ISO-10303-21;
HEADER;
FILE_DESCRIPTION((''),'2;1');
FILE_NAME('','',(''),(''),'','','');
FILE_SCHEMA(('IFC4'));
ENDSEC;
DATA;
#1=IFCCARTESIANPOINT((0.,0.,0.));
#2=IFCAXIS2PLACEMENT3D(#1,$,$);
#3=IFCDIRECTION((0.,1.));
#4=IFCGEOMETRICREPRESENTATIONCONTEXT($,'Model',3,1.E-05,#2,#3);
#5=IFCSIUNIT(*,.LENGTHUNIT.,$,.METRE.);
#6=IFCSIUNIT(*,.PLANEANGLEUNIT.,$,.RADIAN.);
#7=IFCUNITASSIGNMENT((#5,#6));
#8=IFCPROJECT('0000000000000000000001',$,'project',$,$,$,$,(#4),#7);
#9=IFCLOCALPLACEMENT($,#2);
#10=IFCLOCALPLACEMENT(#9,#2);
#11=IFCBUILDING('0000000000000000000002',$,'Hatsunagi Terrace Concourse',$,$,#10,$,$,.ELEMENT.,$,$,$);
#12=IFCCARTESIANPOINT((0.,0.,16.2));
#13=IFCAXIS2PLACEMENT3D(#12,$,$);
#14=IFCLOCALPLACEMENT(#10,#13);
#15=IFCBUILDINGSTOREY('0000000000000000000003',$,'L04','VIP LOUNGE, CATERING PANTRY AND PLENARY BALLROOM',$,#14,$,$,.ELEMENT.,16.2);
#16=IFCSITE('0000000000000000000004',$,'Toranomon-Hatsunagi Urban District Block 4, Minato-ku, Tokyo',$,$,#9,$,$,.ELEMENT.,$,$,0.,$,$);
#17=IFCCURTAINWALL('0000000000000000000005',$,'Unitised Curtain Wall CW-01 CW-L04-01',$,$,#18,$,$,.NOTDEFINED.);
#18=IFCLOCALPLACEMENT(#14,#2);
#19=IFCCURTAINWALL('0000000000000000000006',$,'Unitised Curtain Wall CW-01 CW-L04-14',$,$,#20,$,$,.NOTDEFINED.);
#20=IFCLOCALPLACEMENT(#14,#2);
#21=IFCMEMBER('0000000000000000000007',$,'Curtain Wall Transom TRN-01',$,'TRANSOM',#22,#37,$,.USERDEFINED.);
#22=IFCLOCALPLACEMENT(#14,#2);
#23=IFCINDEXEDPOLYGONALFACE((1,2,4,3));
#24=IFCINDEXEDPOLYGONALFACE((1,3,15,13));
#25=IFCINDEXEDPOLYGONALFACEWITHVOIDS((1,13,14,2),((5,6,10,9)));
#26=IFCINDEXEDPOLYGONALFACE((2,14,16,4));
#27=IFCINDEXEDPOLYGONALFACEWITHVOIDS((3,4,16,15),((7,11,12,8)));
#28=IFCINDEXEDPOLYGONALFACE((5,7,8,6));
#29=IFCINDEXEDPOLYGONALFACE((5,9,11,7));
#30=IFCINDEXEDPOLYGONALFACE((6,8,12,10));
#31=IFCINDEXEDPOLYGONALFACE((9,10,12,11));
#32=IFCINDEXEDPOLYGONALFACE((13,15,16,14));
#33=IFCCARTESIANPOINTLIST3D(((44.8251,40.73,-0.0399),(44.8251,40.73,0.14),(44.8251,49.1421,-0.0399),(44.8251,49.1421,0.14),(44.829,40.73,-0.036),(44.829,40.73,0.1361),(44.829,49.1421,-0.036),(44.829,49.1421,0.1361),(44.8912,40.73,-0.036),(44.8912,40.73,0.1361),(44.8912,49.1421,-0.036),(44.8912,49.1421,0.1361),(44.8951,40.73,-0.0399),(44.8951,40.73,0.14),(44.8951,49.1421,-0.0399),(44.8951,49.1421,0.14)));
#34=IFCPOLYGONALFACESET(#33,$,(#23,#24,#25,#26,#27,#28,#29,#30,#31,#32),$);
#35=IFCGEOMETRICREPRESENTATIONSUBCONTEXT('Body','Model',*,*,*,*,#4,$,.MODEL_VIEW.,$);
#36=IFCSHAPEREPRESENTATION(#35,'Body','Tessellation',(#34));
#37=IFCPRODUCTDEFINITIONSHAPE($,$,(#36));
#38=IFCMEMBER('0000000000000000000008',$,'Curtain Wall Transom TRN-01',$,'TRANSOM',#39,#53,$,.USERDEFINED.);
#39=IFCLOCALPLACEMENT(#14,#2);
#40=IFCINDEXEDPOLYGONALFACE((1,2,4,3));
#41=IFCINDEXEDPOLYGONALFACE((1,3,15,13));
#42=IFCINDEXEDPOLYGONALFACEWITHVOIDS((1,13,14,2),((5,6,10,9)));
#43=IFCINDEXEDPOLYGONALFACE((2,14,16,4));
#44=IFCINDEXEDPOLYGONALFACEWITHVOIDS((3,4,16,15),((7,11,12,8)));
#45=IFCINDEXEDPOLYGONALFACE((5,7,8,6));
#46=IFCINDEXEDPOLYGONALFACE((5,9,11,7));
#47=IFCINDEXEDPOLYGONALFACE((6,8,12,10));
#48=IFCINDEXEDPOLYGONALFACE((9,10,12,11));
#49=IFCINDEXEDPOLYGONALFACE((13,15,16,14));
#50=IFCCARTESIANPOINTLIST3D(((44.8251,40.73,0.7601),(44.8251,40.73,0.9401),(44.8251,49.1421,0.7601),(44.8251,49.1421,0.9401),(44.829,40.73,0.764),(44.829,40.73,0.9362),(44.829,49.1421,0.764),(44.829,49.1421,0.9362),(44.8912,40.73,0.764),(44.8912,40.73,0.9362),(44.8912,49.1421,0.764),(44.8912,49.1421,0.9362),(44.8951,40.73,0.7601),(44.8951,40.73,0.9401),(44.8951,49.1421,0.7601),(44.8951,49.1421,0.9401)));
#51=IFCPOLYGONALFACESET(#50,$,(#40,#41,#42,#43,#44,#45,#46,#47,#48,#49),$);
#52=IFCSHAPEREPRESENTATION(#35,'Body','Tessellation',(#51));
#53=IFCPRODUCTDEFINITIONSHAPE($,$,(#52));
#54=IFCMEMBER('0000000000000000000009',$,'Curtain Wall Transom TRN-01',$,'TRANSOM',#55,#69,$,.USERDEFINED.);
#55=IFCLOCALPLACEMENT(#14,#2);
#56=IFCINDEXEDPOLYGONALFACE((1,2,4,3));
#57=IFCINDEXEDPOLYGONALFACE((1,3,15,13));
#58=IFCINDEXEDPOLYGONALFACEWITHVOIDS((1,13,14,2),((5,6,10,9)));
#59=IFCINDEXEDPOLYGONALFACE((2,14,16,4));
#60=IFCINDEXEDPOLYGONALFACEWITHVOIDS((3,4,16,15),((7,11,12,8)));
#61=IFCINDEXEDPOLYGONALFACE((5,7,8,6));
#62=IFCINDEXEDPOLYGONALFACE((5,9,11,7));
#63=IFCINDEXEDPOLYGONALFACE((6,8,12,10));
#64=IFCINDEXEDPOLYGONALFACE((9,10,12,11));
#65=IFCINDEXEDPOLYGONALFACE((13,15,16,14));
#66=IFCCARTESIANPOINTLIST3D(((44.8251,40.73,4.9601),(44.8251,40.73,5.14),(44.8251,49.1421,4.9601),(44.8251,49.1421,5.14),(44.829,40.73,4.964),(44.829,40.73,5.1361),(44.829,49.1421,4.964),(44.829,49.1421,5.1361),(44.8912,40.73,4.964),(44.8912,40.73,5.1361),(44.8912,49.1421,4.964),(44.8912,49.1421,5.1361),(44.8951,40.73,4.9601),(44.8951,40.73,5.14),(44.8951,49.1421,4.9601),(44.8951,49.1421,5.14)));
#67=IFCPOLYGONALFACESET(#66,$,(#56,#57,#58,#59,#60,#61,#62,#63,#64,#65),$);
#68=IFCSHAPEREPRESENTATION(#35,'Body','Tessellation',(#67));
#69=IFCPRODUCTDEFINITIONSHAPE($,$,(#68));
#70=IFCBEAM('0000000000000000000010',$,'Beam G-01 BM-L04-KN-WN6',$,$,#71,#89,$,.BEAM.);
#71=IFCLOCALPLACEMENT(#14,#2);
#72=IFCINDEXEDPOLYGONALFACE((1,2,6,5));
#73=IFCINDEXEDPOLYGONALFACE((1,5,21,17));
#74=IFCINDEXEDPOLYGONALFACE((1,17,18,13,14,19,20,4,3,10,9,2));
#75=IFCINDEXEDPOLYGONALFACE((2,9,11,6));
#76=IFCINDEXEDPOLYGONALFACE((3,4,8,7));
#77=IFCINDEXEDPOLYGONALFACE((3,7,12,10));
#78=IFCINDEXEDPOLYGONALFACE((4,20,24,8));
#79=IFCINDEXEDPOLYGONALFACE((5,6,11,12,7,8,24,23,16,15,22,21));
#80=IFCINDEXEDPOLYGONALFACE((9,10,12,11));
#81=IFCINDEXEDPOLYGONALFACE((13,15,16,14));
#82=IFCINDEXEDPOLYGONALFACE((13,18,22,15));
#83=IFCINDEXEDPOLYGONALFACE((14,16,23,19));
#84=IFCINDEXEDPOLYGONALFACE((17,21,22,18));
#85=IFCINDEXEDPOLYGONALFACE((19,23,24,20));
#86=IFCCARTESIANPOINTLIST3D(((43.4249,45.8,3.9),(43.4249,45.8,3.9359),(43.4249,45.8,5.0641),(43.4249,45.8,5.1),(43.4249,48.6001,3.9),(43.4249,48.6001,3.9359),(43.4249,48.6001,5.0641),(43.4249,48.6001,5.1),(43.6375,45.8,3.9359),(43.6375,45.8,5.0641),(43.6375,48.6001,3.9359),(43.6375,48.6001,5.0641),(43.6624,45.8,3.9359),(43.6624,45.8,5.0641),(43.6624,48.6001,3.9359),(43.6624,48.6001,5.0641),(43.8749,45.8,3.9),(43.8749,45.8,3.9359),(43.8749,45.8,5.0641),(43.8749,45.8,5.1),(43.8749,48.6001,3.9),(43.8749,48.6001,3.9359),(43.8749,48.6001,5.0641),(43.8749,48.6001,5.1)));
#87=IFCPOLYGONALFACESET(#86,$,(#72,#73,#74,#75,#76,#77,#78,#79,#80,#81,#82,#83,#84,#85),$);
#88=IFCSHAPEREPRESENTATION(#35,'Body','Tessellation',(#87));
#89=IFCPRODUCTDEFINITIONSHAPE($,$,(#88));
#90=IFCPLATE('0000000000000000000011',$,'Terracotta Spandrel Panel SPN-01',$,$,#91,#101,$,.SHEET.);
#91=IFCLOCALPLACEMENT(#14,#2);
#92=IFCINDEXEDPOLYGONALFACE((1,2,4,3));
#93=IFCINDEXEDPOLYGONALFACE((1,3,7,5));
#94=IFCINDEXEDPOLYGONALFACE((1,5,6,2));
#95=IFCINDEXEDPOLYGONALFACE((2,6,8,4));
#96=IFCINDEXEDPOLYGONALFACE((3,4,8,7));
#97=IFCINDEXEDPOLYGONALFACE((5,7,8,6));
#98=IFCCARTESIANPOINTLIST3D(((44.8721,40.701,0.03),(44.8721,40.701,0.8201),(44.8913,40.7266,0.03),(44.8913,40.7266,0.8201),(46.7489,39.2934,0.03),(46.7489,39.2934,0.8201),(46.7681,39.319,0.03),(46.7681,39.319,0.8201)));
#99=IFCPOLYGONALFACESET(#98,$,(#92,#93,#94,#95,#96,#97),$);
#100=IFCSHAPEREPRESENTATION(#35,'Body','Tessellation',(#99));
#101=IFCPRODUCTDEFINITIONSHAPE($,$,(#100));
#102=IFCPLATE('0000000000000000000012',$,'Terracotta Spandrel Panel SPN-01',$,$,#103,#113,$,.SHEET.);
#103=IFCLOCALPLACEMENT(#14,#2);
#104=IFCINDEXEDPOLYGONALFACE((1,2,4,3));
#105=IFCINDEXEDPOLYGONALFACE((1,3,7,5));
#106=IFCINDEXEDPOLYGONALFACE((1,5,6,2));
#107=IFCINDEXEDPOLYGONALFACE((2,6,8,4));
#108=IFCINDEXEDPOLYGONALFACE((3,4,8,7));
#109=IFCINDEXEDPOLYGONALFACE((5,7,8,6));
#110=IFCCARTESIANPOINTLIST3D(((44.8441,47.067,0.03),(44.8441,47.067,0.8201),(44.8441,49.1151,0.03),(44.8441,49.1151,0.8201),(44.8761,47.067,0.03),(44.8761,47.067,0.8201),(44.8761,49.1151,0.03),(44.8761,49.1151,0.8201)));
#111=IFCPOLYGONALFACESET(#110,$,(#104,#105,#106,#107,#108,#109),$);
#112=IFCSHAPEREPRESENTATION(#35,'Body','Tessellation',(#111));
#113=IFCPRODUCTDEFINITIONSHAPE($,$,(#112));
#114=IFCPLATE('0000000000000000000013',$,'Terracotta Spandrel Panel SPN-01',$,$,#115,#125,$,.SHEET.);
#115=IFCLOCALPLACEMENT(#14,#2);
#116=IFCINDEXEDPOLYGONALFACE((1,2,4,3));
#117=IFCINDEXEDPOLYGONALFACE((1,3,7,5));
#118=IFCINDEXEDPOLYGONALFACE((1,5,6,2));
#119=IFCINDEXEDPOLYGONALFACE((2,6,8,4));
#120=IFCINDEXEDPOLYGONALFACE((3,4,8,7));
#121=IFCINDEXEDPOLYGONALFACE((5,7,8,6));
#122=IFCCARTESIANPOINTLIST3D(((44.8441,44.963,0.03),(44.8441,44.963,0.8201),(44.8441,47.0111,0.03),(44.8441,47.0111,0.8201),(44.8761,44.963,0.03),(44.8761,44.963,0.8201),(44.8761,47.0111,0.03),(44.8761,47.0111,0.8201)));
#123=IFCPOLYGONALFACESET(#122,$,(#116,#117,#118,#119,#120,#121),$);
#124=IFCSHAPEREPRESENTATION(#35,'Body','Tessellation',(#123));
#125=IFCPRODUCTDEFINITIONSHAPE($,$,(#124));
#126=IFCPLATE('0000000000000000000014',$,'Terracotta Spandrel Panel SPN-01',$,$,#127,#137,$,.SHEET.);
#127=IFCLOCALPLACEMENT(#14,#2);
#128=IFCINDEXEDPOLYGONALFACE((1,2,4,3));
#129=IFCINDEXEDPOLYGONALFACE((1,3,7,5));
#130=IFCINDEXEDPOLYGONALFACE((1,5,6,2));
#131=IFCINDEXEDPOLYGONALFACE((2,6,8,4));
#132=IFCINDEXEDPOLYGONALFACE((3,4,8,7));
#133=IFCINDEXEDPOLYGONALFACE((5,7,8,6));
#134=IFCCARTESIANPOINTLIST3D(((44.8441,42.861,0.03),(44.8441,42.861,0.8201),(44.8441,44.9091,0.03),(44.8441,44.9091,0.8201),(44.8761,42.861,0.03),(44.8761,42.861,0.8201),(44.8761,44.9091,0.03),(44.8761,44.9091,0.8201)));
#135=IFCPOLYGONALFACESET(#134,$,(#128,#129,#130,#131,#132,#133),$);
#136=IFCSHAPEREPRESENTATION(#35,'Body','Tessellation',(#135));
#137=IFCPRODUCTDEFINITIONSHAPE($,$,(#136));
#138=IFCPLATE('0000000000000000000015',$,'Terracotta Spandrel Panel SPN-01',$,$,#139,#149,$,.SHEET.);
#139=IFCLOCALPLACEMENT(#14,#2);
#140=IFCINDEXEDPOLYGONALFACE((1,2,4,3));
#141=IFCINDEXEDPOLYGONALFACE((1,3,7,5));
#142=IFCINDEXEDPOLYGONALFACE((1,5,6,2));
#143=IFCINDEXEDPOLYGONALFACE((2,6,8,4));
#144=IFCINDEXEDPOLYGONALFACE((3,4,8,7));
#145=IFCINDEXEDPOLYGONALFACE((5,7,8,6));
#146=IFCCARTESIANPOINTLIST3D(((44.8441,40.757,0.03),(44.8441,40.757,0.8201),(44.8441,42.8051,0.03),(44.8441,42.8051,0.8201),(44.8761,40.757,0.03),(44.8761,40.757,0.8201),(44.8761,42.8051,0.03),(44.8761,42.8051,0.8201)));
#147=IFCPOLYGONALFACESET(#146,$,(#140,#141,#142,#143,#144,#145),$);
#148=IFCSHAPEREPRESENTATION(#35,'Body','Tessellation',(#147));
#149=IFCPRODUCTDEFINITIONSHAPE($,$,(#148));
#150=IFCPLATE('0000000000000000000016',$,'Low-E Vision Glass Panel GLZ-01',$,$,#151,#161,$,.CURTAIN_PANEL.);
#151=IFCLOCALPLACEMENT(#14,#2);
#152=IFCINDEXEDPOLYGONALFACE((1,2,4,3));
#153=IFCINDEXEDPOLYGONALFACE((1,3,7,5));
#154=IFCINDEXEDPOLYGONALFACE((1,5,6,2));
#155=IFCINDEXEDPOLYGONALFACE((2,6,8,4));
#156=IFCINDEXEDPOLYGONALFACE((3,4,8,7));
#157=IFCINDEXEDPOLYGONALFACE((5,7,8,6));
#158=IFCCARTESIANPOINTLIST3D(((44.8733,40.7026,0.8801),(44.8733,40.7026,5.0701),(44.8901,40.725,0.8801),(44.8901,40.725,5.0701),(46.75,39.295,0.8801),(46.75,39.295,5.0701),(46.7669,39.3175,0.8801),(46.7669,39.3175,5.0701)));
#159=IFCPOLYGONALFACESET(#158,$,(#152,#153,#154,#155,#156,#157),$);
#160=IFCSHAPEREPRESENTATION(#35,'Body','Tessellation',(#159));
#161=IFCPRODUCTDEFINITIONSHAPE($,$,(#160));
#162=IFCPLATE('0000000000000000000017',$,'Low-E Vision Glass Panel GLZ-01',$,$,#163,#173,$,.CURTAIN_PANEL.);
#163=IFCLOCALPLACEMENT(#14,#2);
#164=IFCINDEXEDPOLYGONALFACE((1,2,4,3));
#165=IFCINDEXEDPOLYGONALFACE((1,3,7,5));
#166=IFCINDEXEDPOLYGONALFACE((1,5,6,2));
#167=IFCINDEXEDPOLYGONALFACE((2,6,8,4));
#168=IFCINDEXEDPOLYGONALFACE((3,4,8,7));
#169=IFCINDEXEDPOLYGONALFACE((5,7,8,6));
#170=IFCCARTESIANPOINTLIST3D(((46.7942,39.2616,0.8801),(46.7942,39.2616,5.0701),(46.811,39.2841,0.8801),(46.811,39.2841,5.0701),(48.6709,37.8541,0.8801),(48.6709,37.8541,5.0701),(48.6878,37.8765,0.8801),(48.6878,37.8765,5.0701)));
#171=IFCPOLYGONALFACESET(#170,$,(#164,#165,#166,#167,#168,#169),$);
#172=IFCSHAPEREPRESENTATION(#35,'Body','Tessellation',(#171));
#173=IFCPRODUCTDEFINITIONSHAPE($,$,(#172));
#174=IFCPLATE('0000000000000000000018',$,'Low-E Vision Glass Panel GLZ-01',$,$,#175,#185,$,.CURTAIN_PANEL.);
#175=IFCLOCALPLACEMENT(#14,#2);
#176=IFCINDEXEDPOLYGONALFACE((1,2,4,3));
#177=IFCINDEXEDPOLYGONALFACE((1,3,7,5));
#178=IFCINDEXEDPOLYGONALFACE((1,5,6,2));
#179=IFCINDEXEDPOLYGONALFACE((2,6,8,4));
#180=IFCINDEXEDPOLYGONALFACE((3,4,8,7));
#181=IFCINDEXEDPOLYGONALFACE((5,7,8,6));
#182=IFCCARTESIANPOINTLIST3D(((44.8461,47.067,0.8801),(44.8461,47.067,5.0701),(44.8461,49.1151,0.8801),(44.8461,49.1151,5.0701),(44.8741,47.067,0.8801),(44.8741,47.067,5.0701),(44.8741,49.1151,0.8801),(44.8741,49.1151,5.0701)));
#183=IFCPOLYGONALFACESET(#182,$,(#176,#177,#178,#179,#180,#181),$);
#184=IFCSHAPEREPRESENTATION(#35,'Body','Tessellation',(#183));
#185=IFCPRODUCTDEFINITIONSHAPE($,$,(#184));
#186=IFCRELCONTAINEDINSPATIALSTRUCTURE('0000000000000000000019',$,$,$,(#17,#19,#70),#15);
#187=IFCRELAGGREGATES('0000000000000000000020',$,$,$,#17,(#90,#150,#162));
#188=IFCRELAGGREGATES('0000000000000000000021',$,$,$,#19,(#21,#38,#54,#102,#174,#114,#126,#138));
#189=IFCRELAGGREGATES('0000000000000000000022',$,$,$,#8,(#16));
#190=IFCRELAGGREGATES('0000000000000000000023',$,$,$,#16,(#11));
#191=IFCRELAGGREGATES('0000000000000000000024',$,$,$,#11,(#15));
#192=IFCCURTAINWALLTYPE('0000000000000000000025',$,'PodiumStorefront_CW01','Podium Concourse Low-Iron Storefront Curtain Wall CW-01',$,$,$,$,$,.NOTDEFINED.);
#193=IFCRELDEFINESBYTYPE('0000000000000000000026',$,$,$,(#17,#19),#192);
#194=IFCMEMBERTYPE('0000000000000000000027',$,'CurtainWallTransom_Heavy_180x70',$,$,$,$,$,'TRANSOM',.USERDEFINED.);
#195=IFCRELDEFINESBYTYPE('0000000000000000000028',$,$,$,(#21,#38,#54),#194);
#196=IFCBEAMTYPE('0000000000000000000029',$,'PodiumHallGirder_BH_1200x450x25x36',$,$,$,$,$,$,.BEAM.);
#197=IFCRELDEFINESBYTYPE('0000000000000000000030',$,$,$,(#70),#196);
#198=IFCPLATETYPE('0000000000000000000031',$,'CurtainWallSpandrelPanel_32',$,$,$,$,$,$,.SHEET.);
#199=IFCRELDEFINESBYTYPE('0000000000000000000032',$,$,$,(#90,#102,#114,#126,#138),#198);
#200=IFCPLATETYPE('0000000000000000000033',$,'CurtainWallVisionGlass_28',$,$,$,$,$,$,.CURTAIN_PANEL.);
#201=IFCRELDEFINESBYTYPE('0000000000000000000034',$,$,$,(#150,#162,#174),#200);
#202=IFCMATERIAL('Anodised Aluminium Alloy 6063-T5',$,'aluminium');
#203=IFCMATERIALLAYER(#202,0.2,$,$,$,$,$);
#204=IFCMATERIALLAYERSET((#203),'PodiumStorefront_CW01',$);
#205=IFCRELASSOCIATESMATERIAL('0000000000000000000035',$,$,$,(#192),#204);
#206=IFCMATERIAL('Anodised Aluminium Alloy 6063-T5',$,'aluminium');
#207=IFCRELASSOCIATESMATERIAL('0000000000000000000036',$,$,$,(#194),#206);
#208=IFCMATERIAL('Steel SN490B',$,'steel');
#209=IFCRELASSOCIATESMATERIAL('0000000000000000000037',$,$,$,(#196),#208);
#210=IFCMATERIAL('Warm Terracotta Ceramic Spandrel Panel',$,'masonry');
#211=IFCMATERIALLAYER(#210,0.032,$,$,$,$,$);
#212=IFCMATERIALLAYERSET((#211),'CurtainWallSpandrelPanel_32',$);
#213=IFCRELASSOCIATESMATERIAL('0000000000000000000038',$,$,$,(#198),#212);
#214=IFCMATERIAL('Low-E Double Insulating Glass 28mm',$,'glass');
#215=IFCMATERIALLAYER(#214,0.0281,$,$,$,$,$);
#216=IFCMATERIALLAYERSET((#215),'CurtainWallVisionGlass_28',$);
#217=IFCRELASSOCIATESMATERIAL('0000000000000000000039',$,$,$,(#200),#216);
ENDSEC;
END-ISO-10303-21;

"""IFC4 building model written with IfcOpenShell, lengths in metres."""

from ifc_helpers import new_model, si_unit, direction, frame, origin, origin_2d, place, context, subcontext, project, spatial, rectangle, hollow_rectangle, i_section, extrude, material, layer, layer_set, material_profile, profile_set, type_object, element, aggregate, save


model = new_model("IFC4")

# Units and contexts
model_context = context("Model", 3, precision=1e-05, world=origin(), true_north=direction((0.0, 1.0)))
body_context = subcontext(model_context, "Body", "Model", "MODEL_VIEW")
ifc_project = project(units=[si_unit("LENGTHUNIT", "METRE"), si_unit("PLANEANGLEUNIT", "RADIAN")], contexts=[model_context])

# Site, building, storey
site_placement = place(None, origin())
site = spatial("IfcSite", under=ifc_project, at=site_placement, Name="Toranomon-Hatsunagi Urban District Block 4, Minato-ku, Tokyo", CompositionType="ELEMENT", RefElevation=0.0)
building_placement = place(site_placement, origin())
building = spatial("IfcBuilding", under=site, at=building_placement, Name="Hatsunagi Terrace Concourse", CompositionType="ELEMENT")
storey_placement = place(building_placement, frame((0.0, 0.0, 16.2)))
storey = spatial("IfcBuildingStorey", under=building, at=storey_placement, Name="L04", Description="VIP LOUNGE, CATERING PANTRY AND PLENARY BALLROOM", CompositionType="ELEMENT", Elevation=16.2)

# Curtain walls
ifc_material_1 = material(Name="Anodised Aluminium Alloy 6063-T5", Category="aluminium")
ifc_layer_1 = layer(ifc_material_1, 0.2)
ifc_layer_set_1 = layer_set([ifc_layer_1], Name="PodiumStorefront_CW01")
curtain_wall_type = type_object("IfcCurtainWallType", Name="PodiumStorefront_CW01", Description="Podium Concourse Low-Iron Storefront Curtain Wall CW-01", PredefinedType="NOTDEFINED", material=ifc_layer_set_1)
curtain_wall_1_placement = place(storey_placement, origin())
curtain_wall_1 = element("IfcCurtainWall", 1, at=curtain_wall_1_placement, inside=storey, type_object=curtain_wall_type, Name="Unitised Curtain Wall CW-01 CW-L04-01", PredefinedType="NOTDEFINED")
curtain_wall_2_placement = place(storey_placement, origin())
curtain_wall_2 = element("IfcCurtainWall", 2, at=curtain_wall_2_placement, inside=storey, type_object=curtain_wall_type, Name="Unitised Curtain Wall CW-01 CW-L04-14", PredefinedType="NOTDEFINED")

# Members
ifc_material_2 = material(Name="Anodised Aluminium Alloy 6063-T5", Category="aluminium")
ifc_material_profile_1 = material_profile(ifc_material_2, hollow_rectangle(XDim=0.0701, YDim=0.1799, WallThickness=0.0039, at=origin_2d()), Name="ALU-TRN-180x70x4")
ifc_profile_set_1 = profile_set([ifc_material_profile_1], Name="Anodised Aluminium Alloy 6063-T5")
member_type_1 = type_object("IfcMemberType", Name="CurtainWallTransom_Heavy_180x70", ElementType="TRANSOM", PredefinedType="USERDEFINED", material=ifc_profile_set_1)
member_1_placement = place(storey_placement, frame((44.8601, 49.1421, 0.05), z_axis=(0.0, -1.0, 0.0), x_axis=(1.0, 0.0, 0.0)))
member_1 = element("IfcMember", 3, at=member_1_placement, type_object=member_type_1, Name="Curtain Wall Transom TRN-01", ObjectType="TRANSOM", PredefinedType="USERDEFINED", context=body_context, shape_type="SweptSolid", body=[
    extrude(hollow_rectangle(XDim=0.0701, YDim=0.1799, WallThickness=0.0039, at=origin_2d()), origin(), (0.0, 0.0, 1.0), 8.4121),
])
member_2_placement = place(storey_placement, frame((44.8601, 49.1421, 0.8501), z_axis=(0.0, -1.0, 0.0), x_axis=(1.0, 0.0, 0.0)))
member_2 = element("IfcMember", 4, at=member_2_placement, type_object=member_type_1, Name="Curtain Wall Transom TRN-01", ObjectType="TRANSOM", PredefinedType="USERDEFINED", context=body_context, shape_type="SweptSolid", body=[
    extrude(hollow_rectangle(XDim=0.0701, YDim=0.1799, WallThickness=0.0039, at=origin_2d()), origin(), (0.0, 0.0, 1.0), 8.4121),
])
member_3_placement = place(storey_placement, frame((44.8601, 49.1421, 5.05), z_axis=(0.0, -1.0, 0.0), x_axis=(1.0, 0.0, 0.0)))
member_3 = element("IfcMember", 5, at=member_3_placement, type_object=member_type_1, Name="Curtain Wall Transom TRN-01", ObjectType="TRANSOM", PredefinedType="USERDEFINED", context=body_context, shape_type="SweptSolid", body=[
    extrude(hollow_rectangle(XDim=0.0701, YDim=0.1799, WallThickness=0.0039, at=origin_2d()), origin(), (0.0, 0.0, 1.0), 8.4121),
])

# Beam
ifc_material_3 = material(Name="Steel SN490B", Category="steel")
ifc_material_profile_2 = material_profile(ifc_material_3, i_section(OverallWidth=0.45, OverallDepth=1.2, WebThickness=0.0249, FlangeThickness=0.0359, at=origin_2d()), Name="BH-1200x450x25x36")
ifc_profile_set_2 = profile_set([ifc_material_profile_2], Name="Steel SN490B")
beam_type = type_object("IfcBeamType", Name="PodiumHallGirder_BH_1200x450x25x36", PredefinedType="BEAM", material=ifc_profile_set_2)
beam_placement = place(storey_placement, frame((43.6499, 45.8, 4.5), z_axis=(0.0, 1.0, 0.0), x_axis=(-1.0, 0.0, 0.0)))
element("IfcBeam", 6, at=beam_placement, inside=storey, type_object=beam_type, Name="Beam G-01 BM-L04-KN-WN6", PredefinedType="BEAM", context=body_context, shape_type="SweptSolid", body=[
    extrude(i_section(OverallWidth=0.45, OverallDepth=1.2, WebThickness=0.0249, FlangeThickness=0.0359, at=origin_2d()), origin(), (0.0, 0.0, 1.0), 2.8),
])

# Plates
ifc_material_4 = material(Name="Warm Terracotta Ceramic Spandrel Panel", Category="masonry")
ifc_layer_2 = layer(ifc_material_4, 0.032)
ifc_layer_set_2 = layer_set([ifc_layer_2], Name="CurtainWallSpandrelPanel_32")
plate_type_1 = type_object("IfcPlateType", Name="CurtainWallSpandrelPanel_32", PredefinedType="SHEET", material=ifc_layer_set_2)
plate_1_placement = place(storey_placement, frame((45.8201, 40.01, 0.03), z_axis=(0.0, 0.0, 1.0), x_axis=(0.800007, -0.59999, 0.0)))
plate_1 = element("IfcPlate", 7, at=plate_1_placement, type_object=plate_type_1, Name="Terracotta Spandrel Panel SPN-01", PredefinedType="SHEET", context=body_context, shape_type="SweptSolid", body=[
    extrude(rectangle(XDim=2.3459, YDim=0.032, at=origin_2d()), origin(), (0.0, 0.0, 1.0), 0.79),
])
plate_2_placement = place(storey_placement, frame((44.8601, 48.0911, 0.03), z_axis=(0.0, 0.0, 1.0), x_axis=(0.0, -1.0, 0.0)))
plate_2 = element("IfcPlate", 8, at=plate_2_placement, type_object=plate_type_1, Name="Terracotta Spandrel Panel SPN-01", PredefinedType="SHEET", context=body_context, shape_type="SweptSolid", body=[
    extrude(rectangle(XDim=2.0481, YDim=0.032, at=origin_2d()), origin(), (0.0, 0.0, 1.0), 0.79),
])
plate_3_placement = place(storey_placement, frame((44.8601, 45.9871, 0.03), z_axis=(0.0, 0.0, 1.0), x_axis=(0.0, -1.0, 0.0)))
plate_3 = element("IfcPlate", 9, at=plate_3_placement, type_object=plate_type_1, Name="Terracotta Spandrel Panel SPN-01", PredefinedType="SHEET", context=body_context, shape_type="SweptSolid", body=[
    extrude(rectangle(XDim=2.0481, YDim=0.032, at=origin_2d()), origin(), (0.0, 0.0, 1.0), 0.79),
])
plate_4_placement = place(storey_placement, frame((44.8601, 43.885, 0.03), z_axis=(0.0, 0.0, 1.0), x_axis=(0.0, -1.0, 0.0)))
plate_4 = element("IfcPlate", 10, at=plate_4_placement, type_object=plate_type_1, Name="Terracotta Spandrel Panel SPN-01", PredefinedType="SHEET", context=body_context, shape_type="SweptSolid", body=[
    extrude(rectangle(XDim=2.0481, YDim=0.032, at=origin_2d()), origin(), (0.0, 0.0, 1.0), 0.79),
])
plate_5_placement = place(storey_placement, frame((44.8601, 41.781, 0.03), z_axis=(0.0, 0.0, 1.0), x_axis=(0.0, -1.0, 0.0)))
plate_5 = element("IfcPlate", 11, at=plate_5_placement, type_object=plate_type_1, Name="Terracotta Spandrel Panel SPN-01", PredefinedType="SHEET", context=body_context, shape_type="SweptSolid", body=[
    extrude(rectangle(XDim=2.0481, YDim=0.032, at=origin_2d()), origin(), (0.0, 0.0, 1.0), 0.79),
])
ifc_material_5 = material(Name="Low-E Double Insulating Glass 28mm", Category="glass")
ifc_layer_3 = layer(ifc_material_5, 0.0281)
ifc_layer_set_3 = layer_set([ifc_layer_3], Name="CurtainWallVisionGlass_28")
plate_type_2 = type_object("IfcPlateType", Name="CurtainWallVisionGlass_28", PredefinedType="CURTAIN_PANEL", material=ifc_layer_set_3)
plate_6_placement = place(storey_placement, frame((45.8201, 40.01, 0.8801), z_axis=(0.0, 0.0, 1.0), x_axis=(0.800007, -0.59999, 0.0)))
plate_6 = element("IfcPlate", 12, at=plate_6_placement, type_object=plate_type_2, Name="Low-E Vision Glass Panel GLZ-01", PredefinedType="CURTAIN_PANEL", context=body_context, shape_type="SweptSolid", body=[
    extrude(rectangle(XDim=2.3459, YDim=0.0281, at=origin_2d()), origin(), (0.0, 0.0, 1.0), 4.1899),
])
plate_7_placement = place(storey_placement, frame((47.741, 38.5691, 0.8801), z_axis=(0.0, 0.0, 1.0), x_axis=(0.800007, -0.59999, 0.0)))
plate_7 = element("IfcPlate", 13, at=plate_7_placement, type_object=plate_type_2, Name="Low-E Vision Glass Panel GLZ-01", PredefinedType="CURTAIN_PANEL", context=body_context, shape_type="SweptSolid", body=[
    extrude(rectangle(XDim=2.3459, YDim=0.0281, at=origin_2d()), origin(), (0.0, 0.0, 1.0), 4.1899),
])
aggregate(curtain_wall_1, [plate_1, plate_6, plate_7])
plate_8_placement = place(storey_placement, frame((44.8601, 48.0911, 0.8801), z_axis=(0.0, 0.0, 1.0), x_axis=(0.0, -1.0, 0.0)))
plate_8 = element("IfcPlate", 14, at=plate_8_placement, type_object=plate_type_2, Name="Low-E Vision Glass Panel GLZ-01", PredefinedType="CURTAIN_PANEL", context=body_context, shape_type="SweptSolid", body=[
    extrude(rectangle(XDim=2.0481, YDim=0.0281, at=origin_2d()), origin(), (0.0, 0.0, 1.0), 4.1899),
])
aggregate(curtain_wall_2, [member_1, member_2, member_3, plate_2, plate_8, plate_3, plate_4, plate_5])

save(model, "model.ifc")
